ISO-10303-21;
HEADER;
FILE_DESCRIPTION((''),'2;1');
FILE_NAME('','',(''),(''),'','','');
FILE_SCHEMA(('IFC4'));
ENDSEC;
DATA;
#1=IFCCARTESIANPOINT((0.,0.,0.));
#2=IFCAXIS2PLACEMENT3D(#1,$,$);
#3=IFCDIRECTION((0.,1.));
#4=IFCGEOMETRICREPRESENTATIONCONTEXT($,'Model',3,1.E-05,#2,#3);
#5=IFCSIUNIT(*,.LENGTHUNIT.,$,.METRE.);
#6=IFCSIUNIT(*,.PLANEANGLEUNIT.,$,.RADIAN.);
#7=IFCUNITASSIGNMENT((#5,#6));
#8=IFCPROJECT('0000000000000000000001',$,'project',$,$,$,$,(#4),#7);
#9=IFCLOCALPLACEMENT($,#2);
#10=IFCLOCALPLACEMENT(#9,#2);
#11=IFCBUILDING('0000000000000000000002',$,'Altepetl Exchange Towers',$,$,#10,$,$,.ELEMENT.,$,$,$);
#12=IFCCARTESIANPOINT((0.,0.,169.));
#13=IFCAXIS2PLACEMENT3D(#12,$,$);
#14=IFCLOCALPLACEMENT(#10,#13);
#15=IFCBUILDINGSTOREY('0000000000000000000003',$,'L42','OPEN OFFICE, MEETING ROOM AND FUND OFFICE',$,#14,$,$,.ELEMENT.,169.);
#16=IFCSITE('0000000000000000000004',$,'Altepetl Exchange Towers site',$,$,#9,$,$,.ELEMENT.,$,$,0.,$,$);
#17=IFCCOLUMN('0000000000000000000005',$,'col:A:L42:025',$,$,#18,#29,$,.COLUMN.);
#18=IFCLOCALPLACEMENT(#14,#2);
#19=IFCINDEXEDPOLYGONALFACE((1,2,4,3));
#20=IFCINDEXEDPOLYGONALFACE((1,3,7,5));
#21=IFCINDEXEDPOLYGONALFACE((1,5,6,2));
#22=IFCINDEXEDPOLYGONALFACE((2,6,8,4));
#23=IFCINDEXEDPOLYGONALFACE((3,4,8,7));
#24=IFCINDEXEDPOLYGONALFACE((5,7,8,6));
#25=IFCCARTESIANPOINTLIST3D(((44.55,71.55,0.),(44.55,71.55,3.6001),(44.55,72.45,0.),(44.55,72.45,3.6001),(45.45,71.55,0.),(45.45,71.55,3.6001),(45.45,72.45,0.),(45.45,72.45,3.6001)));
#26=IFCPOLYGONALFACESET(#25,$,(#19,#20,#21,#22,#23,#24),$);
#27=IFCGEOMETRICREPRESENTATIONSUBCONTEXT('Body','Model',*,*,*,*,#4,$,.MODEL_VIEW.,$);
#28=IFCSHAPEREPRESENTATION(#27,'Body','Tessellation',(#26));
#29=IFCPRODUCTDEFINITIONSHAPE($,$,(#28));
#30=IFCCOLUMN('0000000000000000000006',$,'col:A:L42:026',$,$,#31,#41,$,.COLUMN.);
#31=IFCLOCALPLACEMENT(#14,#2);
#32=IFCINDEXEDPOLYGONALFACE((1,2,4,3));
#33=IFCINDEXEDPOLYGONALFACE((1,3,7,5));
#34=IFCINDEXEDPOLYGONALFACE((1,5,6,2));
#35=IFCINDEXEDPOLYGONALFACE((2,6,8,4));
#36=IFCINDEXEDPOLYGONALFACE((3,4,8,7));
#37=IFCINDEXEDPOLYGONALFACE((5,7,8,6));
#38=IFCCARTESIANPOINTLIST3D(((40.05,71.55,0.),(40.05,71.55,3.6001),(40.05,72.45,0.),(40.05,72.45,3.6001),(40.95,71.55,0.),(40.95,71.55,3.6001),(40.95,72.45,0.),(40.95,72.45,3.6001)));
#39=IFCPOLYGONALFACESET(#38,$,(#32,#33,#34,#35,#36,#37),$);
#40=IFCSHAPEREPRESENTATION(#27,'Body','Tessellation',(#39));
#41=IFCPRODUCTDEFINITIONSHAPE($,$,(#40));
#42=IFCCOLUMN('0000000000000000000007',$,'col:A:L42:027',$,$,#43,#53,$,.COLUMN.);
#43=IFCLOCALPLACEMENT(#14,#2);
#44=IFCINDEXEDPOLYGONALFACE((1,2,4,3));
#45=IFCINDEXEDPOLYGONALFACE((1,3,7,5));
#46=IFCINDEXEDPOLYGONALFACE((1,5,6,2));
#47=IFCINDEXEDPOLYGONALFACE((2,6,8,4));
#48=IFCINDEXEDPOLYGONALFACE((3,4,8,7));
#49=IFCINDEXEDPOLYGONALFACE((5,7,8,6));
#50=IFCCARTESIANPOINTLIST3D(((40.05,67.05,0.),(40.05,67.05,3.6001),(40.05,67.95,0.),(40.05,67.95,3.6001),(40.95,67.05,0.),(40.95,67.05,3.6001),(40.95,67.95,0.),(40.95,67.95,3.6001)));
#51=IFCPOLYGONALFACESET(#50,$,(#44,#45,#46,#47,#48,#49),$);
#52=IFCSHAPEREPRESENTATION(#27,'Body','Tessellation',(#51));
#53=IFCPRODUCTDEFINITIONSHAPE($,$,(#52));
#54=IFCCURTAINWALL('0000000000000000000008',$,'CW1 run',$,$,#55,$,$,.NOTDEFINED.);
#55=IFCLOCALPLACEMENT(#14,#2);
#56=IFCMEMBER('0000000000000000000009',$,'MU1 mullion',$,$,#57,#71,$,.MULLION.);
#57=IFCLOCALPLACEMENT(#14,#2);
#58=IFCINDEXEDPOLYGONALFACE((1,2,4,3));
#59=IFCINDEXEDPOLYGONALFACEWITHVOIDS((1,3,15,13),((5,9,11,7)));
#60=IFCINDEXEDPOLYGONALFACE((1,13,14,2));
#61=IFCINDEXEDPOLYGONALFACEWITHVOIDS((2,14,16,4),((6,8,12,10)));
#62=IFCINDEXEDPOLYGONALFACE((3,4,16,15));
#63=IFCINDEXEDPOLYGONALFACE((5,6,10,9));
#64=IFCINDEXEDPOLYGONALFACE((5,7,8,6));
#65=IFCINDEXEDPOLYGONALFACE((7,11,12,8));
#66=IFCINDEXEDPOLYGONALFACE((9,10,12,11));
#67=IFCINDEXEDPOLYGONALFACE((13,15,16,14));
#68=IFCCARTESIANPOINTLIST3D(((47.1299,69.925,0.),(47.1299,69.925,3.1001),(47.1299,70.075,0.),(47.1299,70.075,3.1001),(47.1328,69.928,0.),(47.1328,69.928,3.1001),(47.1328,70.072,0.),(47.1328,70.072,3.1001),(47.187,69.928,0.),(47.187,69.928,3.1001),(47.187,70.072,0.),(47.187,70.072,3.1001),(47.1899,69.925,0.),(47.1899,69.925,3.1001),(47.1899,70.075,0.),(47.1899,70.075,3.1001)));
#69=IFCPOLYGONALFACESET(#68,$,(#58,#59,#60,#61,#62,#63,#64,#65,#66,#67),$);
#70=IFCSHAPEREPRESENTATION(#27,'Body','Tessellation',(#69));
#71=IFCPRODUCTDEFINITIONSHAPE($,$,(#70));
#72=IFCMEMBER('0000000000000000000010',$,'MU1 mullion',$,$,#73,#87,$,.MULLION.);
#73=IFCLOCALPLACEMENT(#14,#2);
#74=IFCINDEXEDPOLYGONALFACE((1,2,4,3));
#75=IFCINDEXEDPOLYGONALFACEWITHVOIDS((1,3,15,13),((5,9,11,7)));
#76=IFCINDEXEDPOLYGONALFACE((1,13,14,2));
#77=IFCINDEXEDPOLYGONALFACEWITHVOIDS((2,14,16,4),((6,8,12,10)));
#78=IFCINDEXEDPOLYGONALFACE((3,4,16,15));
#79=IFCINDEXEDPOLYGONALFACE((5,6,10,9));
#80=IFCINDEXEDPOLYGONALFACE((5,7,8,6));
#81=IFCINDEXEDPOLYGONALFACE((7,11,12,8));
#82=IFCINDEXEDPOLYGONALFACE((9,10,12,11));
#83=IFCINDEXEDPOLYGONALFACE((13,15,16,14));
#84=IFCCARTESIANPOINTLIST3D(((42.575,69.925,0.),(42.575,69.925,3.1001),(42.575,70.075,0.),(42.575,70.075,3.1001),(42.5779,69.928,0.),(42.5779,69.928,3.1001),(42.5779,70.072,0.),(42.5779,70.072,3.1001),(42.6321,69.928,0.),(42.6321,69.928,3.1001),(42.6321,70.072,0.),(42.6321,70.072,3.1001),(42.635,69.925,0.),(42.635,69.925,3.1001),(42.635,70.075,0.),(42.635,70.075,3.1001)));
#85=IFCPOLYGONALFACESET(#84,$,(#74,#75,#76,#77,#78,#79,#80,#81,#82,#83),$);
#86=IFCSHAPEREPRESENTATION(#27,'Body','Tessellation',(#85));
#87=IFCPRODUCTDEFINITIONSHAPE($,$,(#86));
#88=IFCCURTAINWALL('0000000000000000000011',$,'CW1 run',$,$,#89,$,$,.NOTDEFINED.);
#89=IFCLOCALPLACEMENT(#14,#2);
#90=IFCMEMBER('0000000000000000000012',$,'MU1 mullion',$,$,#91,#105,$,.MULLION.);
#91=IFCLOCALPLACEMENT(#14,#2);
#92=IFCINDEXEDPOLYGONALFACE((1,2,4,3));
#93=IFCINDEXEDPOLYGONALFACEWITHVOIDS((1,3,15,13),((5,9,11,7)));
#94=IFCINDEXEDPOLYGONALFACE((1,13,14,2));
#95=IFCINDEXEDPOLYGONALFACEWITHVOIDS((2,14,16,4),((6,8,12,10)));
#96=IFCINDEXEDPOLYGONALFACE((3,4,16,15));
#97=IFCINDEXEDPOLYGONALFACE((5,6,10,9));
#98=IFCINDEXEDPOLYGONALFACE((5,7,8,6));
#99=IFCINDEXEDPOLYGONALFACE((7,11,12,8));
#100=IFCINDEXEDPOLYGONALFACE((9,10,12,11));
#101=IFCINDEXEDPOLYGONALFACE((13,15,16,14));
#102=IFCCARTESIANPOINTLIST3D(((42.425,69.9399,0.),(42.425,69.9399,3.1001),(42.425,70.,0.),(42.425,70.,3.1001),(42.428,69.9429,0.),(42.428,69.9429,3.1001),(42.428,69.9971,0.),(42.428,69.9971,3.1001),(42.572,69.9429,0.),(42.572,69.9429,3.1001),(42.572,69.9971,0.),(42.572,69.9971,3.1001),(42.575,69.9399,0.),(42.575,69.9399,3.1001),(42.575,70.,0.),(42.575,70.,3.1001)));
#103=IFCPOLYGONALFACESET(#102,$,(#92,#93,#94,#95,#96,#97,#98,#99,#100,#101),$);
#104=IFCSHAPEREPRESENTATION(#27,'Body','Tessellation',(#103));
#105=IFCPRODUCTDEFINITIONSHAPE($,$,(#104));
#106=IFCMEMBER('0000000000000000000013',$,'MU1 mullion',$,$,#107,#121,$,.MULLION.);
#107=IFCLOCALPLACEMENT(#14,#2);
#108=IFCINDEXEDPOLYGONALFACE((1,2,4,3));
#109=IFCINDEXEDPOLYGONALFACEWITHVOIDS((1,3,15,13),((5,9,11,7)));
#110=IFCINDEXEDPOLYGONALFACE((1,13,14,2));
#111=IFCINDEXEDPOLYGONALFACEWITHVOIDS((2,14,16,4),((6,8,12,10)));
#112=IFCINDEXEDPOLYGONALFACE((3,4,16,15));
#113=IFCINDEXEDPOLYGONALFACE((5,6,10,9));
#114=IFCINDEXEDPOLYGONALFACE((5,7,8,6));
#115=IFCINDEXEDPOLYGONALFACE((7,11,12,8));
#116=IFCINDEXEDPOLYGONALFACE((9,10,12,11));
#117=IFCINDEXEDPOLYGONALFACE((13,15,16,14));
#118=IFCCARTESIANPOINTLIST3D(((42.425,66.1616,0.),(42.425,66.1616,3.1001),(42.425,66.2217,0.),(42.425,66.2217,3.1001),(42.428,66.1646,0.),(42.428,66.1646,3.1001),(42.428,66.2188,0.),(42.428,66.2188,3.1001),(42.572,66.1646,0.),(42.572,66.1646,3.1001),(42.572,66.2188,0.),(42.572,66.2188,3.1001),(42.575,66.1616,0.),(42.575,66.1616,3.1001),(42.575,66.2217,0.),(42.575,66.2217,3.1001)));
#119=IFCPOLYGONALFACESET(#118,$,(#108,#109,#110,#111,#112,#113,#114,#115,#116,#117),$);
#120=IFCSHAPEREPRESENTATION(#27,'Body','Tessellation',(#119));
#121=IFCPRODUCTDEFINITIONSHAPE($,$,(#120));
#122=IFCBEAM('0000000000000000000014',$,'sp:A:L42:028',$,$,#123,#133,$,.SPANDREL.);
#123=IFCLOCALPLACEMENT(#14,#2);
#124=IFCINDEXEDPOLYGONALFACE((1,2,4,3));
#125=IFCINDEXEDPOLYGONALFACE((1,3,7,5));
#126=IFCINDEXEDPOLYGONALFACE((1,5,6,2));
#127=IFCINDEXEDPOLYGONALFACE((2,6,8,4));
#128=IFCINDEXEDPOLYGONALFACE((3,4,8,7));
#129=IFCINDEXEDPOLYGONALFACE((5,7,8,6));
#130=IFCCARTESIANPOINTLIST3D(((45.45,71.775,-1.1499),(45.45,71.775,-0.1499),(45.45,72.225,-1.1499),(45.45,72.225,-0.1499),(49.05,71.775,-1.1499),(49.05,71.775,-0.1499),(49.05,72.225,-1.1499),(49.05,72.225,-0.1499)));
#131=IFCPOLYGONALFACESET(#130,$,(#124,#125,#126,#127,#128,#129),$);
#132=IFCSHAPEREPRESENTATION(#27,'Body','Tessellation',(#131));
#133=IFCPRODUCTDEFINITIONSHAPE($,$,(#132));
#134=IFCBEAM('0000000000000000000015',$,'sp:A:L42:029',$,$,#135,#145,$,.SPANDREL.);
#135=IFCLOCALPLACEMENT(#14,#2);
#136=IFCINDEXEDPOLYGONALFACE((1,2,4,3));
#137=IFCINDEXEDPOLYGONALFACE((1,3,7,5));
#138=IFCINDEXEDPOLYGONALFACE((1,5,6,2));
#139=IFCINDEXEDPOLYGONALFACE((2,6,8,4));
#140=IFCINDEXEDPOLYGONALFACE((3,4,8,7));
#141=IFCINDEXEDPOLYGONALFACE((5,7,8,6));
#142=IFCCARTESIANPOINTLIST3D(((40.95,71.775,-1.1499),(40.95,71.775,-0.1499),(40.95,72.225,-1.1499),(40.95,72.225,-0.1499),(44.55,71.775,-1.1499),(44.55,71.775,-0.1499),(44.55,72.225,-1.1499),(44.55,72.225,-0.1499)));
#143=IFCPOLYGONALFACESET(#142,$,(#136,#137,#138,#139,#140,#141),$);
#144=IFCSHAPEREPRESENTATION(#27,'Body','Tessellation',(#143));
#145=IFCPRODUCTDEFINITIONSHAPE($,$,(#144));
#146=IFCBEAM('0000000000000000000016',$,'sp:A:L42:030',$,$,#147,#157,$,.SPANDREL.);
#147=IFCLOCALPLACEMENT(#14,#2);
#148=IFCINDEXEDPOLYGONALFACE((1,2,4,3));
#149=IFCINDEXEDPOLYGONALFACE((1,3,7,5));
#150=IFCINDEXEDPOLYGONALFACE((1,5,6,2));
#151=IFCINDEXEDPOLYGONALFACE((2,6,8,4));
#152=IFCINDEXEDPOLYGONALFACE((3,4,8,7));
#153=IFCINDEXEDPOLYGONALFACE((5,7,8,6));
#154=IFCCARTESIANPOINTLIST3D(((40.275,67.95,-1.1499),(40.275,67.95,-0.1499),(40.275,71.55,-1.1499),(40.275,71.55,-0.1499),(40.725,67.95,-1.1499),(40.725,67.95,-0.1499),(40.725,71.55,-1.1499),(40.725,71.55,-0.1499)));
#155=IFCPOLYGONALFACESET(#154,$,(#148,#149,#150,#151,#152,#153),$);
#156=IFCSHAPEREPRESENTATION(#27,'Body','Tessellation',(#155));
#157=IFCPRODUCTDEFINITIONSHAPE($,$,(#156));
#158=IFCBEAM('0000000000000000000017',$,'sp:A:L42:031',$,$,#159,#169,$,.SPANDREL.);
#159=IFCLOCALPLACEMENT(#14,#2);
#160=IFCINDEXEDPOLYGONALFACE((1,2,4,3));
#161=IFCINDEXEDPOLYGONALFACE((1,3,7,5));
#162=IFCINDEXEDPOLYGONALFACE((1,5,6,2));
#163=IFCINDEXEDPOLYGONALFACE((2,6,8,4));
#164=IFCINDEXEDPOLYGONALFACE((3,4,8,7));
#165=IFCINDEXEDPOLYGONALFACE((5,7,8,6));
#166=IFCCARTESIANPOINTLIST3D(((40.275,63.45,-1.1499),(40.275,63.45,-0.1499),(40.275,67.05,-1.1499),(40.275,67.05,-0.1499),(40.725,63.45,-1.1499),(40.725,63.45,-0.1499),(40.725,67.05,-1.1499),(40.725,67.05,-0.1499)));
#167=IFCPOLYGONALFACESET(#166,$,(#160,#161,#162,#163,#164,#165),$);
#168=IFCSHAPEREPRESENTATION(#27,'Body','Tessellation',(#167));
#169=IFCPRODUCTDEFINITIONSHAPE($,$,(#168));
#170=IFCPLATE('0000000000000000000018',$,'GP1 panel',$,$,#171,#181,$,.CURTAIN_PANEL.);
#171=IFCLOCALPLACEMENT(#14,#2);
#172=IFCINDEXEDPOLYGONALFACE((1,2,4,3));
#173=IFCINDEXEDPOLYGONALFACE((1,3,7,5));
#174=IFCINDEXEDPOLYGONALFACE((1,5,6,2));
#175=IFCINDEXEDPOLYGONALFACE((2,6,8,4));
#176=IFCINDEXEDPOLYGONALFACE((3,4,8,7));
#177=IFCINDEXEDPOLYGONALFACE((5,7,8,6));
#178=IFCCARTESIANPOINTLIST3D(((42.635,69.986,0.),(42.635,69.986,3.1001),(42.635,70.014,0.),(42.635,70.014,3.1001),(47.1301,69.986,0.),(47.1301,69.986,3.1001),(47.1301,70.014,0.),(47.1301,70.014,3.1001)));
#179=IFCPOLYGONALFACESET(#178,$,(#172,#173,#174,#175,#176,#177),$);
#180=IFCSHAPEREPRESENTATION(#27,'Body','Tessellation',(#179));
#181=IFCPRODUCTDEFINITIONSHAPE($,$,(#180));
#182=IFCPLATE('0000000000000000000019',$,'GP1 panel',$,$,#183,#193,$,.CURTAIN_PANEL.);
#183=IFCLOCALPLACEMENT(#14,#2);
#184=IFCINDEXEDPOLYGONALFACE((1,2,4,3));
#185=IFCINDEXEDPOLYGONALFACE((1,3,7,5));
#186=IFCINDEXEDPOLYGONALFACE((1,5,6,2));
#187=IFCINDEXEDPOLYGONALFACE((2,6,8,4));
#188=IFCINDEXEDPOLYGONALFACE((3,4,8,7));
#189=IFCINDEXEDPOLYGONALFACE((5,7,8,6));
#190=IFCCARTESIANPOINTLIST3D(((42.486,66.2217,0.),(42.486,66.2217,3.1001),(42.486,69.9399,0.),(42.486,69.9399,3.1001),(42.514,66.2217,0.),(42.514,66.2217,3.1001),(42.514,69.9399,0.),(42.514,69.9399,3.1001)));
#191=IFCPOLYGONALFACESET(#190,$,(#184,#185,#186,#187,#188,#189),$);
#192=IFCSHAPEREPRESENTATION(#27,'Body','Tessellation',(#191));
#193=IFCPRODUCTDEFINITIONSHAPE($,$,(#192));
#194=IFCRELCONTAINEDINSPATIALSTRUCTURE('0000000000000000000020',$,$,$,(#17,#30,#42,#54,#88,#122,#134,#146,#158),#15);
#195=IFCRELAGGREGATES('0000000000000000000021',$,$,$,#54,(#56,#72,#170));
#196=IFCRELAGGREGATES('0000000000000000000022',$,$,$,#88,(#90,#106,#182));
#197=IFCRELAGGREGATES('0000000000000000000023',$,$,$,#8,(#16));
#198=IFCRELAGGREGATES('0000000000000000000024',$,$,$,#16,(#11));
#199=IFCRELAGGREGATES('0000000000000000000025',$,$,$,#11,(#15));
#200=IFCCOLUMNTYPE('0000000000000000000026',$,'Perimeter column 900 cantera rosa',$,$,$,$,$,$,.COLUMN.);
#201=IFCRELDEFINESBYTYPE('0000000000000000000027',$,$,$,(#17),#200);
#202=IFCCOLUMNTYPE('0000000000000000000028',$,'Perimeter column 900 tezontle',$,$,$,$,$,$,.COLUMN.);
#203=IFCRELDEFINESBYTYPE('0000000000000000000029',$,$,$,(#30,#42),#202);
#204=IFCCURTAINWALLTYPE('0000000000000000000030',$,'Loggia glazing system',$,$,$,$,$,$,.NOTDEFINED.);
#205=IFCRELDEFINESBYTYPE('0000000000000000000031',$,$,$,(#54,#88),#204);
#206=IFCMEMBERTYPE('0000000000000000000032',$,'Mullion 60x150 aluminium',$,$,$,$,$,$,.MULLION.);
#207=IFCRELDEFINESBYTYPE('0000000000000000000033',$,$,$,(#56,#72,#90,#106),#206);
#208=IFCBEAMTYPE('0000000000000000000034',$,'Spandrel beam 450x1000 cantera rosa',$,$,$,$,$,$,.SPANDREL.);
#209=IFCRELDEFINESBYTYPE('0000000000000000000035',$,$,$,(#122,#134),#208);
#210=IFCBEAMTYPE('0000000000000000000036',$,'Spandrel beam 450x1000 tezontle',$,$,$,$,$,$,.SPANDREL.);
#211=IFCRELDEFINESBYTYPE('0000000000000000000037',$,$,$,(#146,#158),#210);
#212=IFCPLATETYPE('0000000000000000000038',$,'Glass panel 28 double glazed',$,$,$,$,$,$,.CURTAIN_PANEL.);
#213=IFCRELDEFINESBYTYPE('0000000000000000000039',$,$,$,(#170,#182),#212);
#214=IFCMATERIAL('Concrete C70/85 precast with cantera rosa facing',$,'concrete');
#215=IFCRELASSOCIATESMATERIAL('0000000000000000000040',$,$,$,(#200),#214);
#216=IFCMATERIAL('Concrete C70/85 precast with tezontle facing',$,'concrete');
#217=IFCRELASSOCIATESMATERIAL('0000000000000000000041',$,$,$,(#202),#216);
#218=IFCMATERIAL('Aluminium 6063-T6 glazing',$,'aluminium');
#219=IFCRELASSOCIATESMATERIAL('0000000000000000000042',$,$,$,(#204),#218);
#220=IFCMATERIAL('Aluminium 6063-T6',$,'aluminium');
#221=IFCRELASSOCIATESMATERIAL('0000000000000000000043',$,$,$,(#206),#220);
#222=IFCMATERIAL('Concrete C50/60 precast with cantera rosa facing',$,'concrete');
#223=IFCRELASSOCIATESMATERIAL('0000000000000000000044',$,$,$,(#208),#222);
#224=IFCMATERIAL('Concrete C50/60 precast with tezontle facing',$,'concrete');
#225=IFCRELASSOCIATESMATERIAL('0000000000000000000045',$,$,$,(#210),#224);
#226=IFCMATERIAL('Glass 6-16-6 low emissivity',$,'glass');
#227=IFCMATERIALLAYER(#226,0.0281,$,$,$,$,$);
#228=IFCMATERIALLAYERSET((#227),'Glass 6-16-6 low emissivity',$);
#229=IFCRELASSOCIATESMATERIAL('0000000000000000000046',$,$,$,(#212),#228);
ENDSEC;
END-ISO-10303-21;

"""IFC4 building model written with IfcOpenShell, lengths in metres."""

from ifc_helpers import new_model, si_unit, direction, frame, origin, origin_2d, place, context, subcontext, project, spatial, rectangle, hollow_rectangle, extrude, material, layer, layer_set, material_profile, profile_set, type_object, element, aggregate, save


model = new_model("IFC4")

# Units and contexts
model_context = context("Model", 3, precision=1e-05, world=origin(), true_north=direction((0.0, 1.0)))
body_context = subcontext(model_context, "Body", "Model", "MODEL_VIEW")
ifc_project = project(units=[si_unit("LENGTHUNIT", "METRE"), si_unit("PLANEANGLEUNIT", "RADIAN")], contexts=[model_context])

# Site, building, storey
site_placement = place(None, origin())
site = spatial("IfcSite", under=ifc_project, at=site_placement, Name="Altepetl Exchange Towers site", CompositionType="ELEMENT", RefElevation=0.0)
building_placement = place(site_placement, origin())
building = spatial("IfcBuilding", under=site, at=building_placement, Name="Altepetl Exchange Towers", CompositionType="ELEMENT")
storey_placement = place(building_placement, frame((0.0, 0.0, 169.0)))
storey = spatial("IfcBuildingStorey", under=building, at=storey_placement, Name="L42", Description="OPEN OFFICE, MEETING ROOM AND FUND OFFICE", CompositionType="ELEMENT", Elevation=169.0)

# Columns
ifc_material_1 = material(Name="Concrete C70/85 precast with cantera rosa facing", Category="concrete")
ifc_material_profile_1 = material_profile(ifc_material_1, rectangle(XDim=0.8999, YDim=0.8999, at=origin_2d()), Name="900 x 900")
ifc_profile_set_1 = profile_set([ifc_material_profile_1], Name="Concrete C70/85 precast with cantera rosa facing")
column_type_1 = type_object("IfcColumnType", Name="Perimeter column 900 cantera rosa", PredefinedType="COLUMN", material=ifc_profile_set_1)
column_placement = place(storey_placement, frame((45.0, 72.0, 0.0)))
element("IfcColumn", 1, at=column_placement, inside=storey, type_object=column_type_1, Name="col:A:L42:025", PredefinedType="COLUMN", context=body_context, shape_type="SweptSolid", body=[
    extrude(rectangle(XDim=0.8999, YDim=0.8999, at=origin_2d()), origin(), (0.0, 0.0, 1.0), 3.6001),
])
ifc_material_2 = material(Name="Concrete C70/85 precast with tezontle facing", Category="concrete")
ifc_material_profile_2 = material_profile(ifc_material_2, rectangle(XDim=0.8999, YDim=0.8999, at=origin_2d()), Name="900 x 900")
ifc_profile_set_2 = profile_set([ifc_material_profile_2], Name="Concrete C70/85 precast with tezontle facing")
column_type_2 = type_object("IfcColumnType", Name="Perimeter column 900 tezontle", PredefinedType="COLUMN", material=ifc_profile_set_2)
for number, where, name in (
    (2, (40.5, 72.0, 0.0), "col:A:L42:026"),
    (3, (40.5, 67.5, 0.0), "col:A:L42:027"),
):
    element("IfcColumn", number, at=place(storey_placement, frame(where)), inside=storey, type_object=column_type_2, Name=name, PredefinedType="COLUMN", context=body_context, shape_type="SweptSolid", body=[
        extrude(rectangle(XDim=0.8999, YDim=0.8999, at=origin_2d()), origin(), (0.0, 0.0, 1.0), 3.6001),
    ])

# Curtain walls, members
ifc_material_3 = material(Name="Aluminium 6063-T6 glazing", Category="aluminium")
curtain_wall_type = type_object("IfcCurtainWallType", Name="Loggia glazing system", PredefinedType="NOTDEFINED", material=ifc_material_3)
curtain_wall_1_placement = place(storey_placement, origin())
curtain_wall_1 = element("IfcCurtainWall", 4, at=curtain_wall_1_placement, inside=storey, type_object=curtain_wall_type, Name="CW1 run", PredefinedType="NOTDEFINED")
ifc_material_4 = material(Name="Aluminium 6063-T6", Category="aluminium")
ifc_material_profile_3 = material_profile(ifc_material_4, hollow_rectangle(XDim=0.0601, YDim=0.1499, WallThickness=0.0029, at=origin_2d()), Name="Mullion 60x150 aluminium")
ifc_profile_set_3 = profile_set([ifc_material_profile_3], Name="Aluminium 6063-T6")
member_type = type_object("IfcMemberType", Name="Mullion 60x150 aluminium", PredefinedType="MULLION", material=ifc_profile_set_3)
member_1_placement = place(storey_placement, frame((47.1599, 70.0, 0.0), z_axis=(0.0, 0.0, 1.0), x_axis=(-1.0, 0.0, 0.0)))
member_1 = element("IfcMember", 5, at=member_1_placement, type_object=member_type, Name="MU1 mullion", PredefinedType="MULLION", context=body_context, shape_type="SweptSolid", body=[
    extrude(hollow_rectangle(XDim=0.0601, YDim=0.1499, WallThickness=0.0029, at=origin_2d()), origin(), (0.0, 0.0, 1.0), 3.1001),
])
member_2_placement = place(storey_placement, frame((42.605, 70.0, 0.0), z_axis=(0.0, 0.0, 1.0), x_axis=(-1.0, 0.0, 0.0)))
member_2 = element("IfcMember", 6, at=member_2_placement, type_object=member_type, Name="MU1 mullion", PredefinedType="MULLION", context=body_context, shape_type="SweptSolid", body=[
    extrude(hollow_rectangle(XDim=0.0601, YDim=0.1499, WallThickness=0.0029, at=origin_2d()), origin(), (0.0, 0.0, 1.0), 3.1001),
])
curtain_wall_2_placement = place(storey_placement, origin())
curtain_wall_2 = element("IfcCurtainWall", 7, at=curtain_wall_2_placement, inside=storey, type_object=curtain_wall_type, Name="CW1 run", PredefinedType="NOTDEFINED")
member_3_placement = place(storey_placement, frame((42.5, 69.97, 0.0), z_axis=(0.0, 0.0, 1.0), x_axis=(0.0, -1.0, 0.0)))
member_3 = element("IfcMember", 8, at=member_3_placement, type_object=member_type, Name="MU1 mullion", PredefinedType="MULLION", context=body_context, shape_type="SweptSolid", body=[
    extrude(hollow_rectangle(XDim=0.0601, YDim=0.1499, WallThickness=0.0029, at=origin_2d()), origin(), (0.0, 0.0, 1.0), 3.1001),
])
member_4_placement = place(storey_placement, frame((42.5, 66.1917, 0.0), z_axis=(0.0, 0.0, 1.0), x_axis=(0.0, -1.0, 0.0)))
member_4 = element("IfcMember", 9, at=member_4_placement, type_object=member_type, Name="MU1 mullion", PredefinedType="MULLION", context=body_context, shape_type="SweptSolid", body=[
    extrude(hollow_rectangle(XDim=0.0601, YDim=0.1499, WallThickness=0.0029, at=origin_2d()), origin(), (0.0, 0.0, 1.0), 3.1001),
])

# Beams
ifc_material_5 = material(Name="Concrete C50/60 precast with cantera rosa facing", Category="concrete")
ifc_material_profile_4 = material_profile(ifc_material_5, rectangle(XDim=0.45, YDim=1.0, at=origin_2d()), Name="450 x 1000")
ifc_profile_set_4 = profile_set([ifc_material_profile_4], Name="Concrete C50/60 precast with cantera rosa facing")
beam_type_1 = type_object("IfcBeamType", Name="Spandrel beam 450x1000 cantera rosa", PredefinedType="SPANDREL", material=ifc_profile_set_4)
for number, where, z_axis, x_axis, name in (
    (10, (49.05, 72.0, -0.6499), (-1.0, 0.0, 0.0), (0.0, -1.0, 0.0), "sp:A:L42:028"),
    (11, (44.55, 72.0, -0.6499), (-1.0, 0.0, 0.0), (0.0, -1.0, 0.0), "sp:A:L42:029"),
):
    element("IfcBeam", number, at=place(storey_placement, frame(where, z_axis=z_axis, x_axis=x_axis)), inside=storey, type_object=beam_type_1, Name=name, PredefinedType="SPANDREL", context=body_context, shape_type="SweptSolid", body=[
        extrude(rectangle(XDim=0.45, YDim=1.0, at=origin_2d()), origin(), (0.0, 0.0, 1.0), 3.6001),
    ])
ifc_material_6 = material(Name="Concrete C50/60 precast with tezontle facing", Category="concrete")
ifc_material_profile_5 = material_profile(ifc_material_6, rectangle(XDim=0.45, YDim=1.0, at=origin_2d()), Name="450 x 1000")
ifc_profile_set_5 = profile_set([ifc_material_profile_5], Name="Concrete C50/60 precast with tezontle facing")
beam_type_2 = type_object("IfcBeamType", Name="Spandrel beam 450x1000 tezontle", PredefinedType="SPANDREL", material=ifc_profile_set_5)
for number, where, z_axis, x_axis, name in (
    (12, (40.5, 71.55, -0.6499), (0.0, -1.0, 0.0), (1.0, 0.0, 0.0), "sp:A:L42:030"),
    (13, (40.5, 67.05, -0.6499), (0.0, -1.0, 0.0), (1.0, 0.0, 0.0), "sp:A:L42:031"),
):
    element("IfcBeam", number, at=place(storey_placement, frame(where, z_axis=z_axis, x_axis=x_axis)), inside=storey, type_object=beam_type_2, Name=name, PredefinedType="SPANDREL", context=body_context, shape_type="SweptSolid", body=[
        extrude(rectangle(XDim=0.45, YDim=1.0, at=origin_2d()), origin(), (0.0, 0.0, 1.0), 3.6001),
    ])

# Plates
ifc_material_7 = material(Name="Glass 6-16-6 low emissivity", Category="glass")
ifc_layer = layer(ifc_material_7, 0.0281)
ifc_layer_set = layer_set([ifc_layer], Name="Glass 6-16-6 low emissivity")
plate_type = type_object("IfcPlateType", Name="Glass panel 28 double glazed", PredefinedType="CURTAIN_PANEL", material=ifc_layer_set)
plate_1_placement = place(storey_placement, frame((44.8826, 70.0, 0.0), z_axis=(0.0, 0.0, 1.0), x_axis=(-1.0, 0.0, 0.0)))
plate_1 = element("IfcPlate", 14, at=plate_1_placement, type_object=plate_type, Name="GP1 panel", PredefinedType="CURTAIN_PANEL", context=body_context, shape_type="SweptSolid", body=[
    extrude(rectangle(XDim=4.4951, YDim=0.0281, at=origin_2d()), origin(), (0.0, 0.0, 1.0), 3.1001),
])
aggregate(curtain_wall_1, [member_1, member_2, plate_1])
plate_2_placement = place(storey_placement, frame((42.5, 68.0808, 0.0), z_axis=(0.0, 0.0, 1.0), x_axis=(0.0, -1.0, 0.0)))
plate_2 = element("IfcPlate", 15, at=plate_2_placement, type_object=plate_type, Name="GP1 panel", PredefinedType="CURTAIN_PANEL", context=body_context, shape_type="SweptSolid", body=[
    extrude(rectangle(XDim=3.7183, YDim=0.0281, at=origin_2d()), origin(), (0.0, 0.0, 1.0), 3.1001),
])
aggregate(curtain_wall_2, [member_3, member_4, plate_2])

save(model, "model.ifc")
